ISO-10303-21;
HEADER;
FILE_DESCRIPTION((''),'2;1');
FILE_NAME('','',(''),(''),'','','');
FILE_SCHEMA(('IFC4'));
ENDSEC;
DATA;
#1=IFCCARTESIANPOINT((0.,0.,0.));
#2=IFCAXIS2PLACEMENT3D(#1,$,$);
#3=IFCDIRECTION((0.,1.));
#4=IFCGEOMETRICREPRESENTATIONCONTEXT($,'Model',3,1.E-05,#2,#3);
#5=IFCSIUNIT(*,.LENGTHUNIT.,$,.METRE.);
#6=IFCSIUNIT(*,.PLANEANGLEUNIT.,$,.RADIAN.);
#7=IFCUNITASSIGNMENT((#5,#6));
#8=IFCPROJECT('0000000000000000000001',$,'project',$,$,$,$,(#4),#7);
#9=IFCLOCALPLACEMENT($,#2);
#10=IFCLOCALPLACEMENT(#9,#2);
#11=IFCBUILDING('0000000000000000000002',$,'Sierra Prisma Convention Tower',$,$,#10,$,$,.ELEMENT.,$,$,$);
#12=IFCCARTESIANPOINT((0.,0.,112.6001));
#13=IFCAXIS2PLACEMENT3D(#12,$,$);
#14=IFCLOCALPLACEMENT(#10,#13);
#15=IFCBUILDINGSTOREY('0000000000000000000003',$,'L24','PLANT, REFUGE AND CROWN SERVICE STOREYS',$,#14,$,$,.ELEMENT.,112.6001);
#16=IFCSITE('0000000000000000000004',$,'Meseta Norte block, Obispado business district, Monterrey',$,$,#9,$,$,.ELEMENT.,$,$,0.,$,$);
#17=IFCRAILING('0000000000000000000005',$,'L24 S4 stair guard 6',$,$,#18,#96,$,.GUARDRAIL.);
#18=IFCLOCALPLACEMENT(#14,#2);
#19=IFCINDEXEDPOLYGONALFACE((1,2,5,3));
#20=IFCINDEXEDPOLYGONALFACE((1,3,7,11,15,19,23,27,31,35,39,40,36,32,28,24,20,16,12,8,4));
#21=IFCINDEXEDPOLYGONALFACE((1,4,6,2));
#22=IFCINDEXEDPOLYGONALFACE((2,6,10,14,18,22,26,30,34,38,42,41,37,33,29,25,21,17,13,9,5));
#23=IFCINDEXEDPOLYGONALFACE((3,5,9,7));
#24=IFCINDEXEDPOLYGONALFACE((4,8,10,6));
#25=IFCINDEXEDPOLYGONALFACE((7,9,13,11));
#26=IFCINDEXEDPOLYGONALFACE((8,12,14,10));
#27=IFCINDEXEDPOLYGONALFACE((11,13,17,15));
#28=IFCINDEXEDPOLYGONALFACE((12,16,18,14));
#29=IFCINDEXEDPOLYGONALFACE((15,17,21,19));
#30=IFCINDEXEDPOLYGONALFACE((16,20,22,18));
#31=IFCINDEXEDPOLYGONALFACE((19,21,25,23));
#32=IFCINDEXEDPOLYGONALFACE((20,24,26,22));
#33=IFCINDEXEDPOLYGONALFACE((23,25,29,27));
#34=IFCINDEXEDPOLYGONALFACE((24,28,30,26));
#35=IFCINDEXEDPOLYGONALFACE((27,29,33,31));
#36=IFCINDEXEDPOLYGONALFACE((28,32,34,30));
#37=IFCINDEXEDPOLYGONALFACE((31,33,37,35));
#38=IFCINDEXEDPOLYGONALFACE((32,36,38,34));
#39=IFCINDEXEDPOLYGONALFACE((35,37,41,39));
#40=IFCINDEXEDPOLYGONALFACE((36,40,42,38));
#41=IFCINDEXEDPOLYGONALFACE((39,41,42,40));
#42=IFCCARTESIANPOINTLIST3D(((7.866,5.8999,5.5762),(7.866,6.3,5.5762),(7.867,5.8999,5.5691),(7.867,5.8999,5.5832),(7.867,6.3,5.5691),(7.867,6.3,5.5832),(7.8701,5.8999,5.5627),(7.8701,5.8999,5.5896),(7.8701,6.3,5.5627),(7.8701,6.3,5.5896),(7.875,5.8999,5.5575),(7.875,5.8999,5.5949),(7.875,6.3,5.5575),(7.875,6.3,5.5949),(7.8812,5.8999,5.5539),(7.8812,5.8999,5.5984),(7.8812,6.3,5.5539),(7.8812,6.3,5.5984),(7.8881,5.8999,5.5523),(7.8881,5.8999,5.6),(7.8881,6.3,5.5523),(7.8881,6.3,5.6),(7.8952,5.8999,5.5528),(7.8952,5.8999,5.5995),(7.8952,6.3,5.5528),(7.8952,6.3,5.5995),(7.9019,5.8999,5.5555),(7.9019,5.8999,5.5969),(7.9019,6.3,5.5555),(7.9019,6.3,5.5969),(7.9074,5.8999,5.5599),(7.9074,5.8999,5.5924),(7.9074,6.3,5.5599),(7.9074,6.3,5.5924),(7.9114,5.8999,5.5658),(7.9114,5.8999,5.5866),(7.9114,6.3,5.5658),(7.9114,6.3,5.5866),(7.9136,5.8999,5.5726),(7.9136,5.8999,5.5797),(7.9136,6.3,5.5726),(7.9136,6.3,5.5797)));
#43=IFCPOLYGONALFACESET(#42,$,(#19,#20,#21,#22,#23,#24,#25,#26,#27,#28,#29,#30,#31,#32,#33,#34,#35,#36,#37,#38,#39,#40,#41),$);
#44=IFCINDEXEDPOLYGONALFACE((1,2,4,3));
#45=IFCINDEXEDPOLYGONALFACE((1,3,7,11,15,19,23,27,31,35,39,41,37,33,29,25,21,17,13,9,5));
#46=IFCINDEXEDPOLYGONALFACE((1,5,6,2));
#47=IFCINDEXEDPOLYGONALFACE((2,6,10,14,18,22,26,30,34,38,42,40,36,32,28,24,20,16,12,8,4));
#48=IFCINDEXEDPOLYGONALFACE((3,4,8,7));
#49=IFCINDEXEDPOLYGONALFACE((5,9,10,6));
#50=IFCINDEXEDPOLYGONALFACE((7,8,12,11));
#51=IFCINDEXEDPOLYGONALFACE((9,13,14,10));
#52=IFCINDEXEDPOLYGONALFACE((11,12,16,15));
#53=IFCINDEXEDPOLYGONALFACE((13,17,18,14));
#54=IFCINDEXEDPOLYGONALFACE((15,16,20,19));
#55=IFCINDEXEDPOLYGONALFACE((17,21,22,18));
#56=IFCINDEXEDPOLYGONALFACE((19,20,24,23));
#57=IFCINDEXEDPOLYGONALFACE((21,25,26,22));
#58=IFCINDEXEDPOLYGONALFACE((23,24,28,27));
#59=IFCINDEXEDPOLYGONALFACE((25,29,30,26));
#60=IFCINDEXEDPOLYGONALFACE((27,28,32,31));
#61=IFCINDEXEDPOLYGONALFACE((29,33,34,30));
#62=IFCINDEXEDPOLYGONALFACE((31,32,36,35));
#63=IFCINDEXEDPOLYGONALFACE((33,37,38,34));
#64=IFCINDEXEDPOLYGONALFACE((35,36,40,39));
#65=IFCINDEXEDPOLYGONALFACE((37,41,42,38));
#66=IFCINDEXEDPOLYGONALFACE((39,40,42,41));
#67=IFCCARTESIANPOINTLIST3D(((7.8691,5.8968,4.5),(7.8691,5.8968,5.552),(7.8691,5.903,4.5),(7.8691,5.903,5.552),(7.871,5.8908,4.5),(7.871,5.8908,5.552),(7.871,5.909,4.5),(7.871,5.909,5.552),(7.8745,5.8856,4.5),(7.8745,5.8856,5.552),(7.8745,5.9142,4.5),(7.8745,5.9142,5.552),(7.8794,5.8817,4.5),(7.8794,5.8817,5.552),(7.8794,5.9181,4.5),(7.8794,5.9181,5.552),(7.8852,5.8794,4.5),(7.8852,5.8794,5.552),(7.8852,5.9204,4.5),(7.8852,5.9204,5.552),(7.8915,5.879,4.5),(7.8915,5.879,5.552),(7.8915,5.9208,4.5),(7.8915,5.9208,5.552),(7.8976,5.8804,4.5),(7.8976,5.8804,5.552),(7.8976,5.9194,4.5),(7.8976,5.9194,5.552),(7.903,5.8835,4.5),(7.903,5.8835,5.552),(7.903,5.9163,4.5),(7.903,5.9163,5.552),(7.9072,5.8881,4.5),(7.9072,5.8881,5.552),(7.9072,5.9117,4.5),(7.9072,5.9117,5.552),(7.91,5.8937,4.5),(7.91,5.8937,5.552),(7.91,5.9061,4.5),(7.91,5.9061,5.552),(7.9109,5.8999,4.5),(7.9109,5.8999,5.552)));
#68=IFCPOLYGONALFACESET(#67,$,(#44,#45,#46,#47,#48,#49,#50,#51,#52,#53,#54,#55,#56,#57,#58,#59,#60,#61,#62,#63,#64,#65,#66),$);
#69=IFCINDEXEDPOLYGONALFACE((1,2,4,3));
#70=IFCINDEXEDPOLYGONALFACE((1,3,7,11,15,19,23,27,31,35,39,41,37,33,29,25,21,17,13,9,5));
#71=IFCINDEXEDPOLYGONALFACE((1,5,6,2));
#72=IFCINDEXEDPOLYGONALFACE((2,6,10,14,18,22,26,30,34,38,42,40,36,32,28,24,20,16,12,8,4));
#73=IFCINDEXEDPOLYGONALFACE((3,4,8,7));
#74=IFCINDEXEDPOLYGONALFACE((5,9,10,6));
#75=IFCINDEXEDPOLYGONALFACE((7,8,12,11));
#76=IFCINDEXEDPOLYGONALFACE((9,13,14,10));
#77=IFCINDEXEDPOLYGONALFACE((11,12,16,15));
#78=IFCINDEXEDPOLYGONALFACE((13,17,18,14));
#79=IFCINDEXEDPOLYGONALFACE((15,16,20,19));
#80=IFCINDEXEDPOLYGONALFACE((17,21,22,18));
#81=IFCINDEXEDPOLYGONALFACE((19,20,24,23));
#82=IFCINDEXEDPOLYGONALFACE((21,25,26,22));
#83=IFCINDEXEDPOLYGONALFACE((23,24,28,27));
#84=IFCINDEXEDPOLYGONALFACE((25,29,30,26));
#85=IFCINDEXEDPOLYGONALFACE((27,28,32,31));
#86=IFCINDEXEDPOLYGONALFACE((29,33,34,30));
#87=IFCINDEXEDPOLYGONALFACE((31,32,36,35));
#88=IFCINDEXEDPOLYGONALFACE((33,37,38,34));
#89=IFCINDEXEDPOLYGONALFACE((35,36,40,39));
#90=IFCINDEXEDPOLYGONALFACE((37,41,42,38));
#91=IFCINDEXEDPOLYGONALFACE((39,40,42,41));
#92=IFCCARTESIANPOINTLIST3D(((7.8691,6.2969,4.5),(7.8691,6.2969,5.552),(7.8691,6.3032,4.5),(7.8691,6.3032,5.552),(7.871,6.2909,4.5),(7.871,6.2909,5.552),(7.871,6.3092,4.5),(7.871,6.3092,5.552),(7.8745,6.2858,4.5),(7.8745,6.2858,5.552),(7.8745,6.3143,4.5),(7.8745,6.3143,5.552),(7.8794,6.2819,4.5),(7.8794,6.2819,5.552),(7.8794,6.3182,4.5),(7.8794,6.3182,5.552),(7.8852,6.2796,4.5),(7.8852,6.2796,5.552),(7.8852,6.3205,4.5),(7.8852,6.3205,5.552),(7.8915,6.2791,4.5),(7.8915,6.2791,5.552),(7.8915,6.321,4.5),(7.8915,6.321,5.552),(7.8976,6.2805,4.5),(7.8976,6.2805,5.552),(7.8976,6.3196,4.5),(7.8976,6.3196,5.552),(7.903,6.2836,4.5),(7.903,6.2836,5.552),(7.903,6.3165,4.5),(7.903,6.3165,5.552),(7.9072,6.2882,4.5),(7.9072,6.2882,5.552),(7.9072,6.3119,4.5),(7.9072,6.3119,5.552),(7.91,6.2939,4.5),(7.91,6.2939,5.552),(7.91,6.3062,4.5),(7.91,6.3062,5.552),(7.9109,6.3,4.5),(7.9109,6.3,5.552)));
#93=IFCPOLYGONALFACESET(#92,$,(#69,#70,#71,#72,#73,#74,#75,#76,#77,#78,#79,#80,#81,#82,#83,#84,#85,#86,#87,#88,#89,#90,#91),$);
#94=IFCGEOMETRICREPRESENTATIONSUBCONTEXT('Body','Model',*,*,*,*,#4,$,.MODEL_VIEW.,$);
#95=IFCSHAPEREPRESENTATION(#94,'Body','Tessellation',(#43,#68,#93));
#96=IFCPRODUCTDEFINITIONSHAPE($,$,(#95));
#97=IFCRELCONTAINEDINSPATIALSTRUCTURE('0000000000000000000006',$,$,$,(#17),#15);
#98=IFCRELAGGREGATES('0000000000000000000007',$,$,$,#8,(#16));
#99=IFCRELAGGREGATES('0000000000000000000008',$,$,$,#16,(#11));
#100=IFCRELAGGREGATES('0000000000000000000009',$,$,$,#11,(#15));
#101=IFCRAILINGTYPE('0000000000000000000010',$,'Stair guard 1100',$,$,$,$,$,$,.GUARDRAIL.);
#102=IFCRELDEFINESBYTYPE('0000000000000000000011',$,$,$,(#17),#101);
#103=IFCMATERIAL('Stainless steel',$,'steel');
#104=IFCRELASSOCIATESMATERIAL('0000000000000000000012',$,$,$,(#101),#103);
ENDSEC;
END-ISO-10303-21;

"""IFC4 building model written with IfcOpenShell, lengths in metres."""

from ifc_helpers import new_model, si_unit, direction, frame, origin, origin_2d, place, context, subcontext, project, spatial, circle, extrude, material, type_object, element, save


model = new_model("IFC4")

# Units and contexts
model_context = context("Model", 3, precision=1e-05, world=origin(), true_north=direction((0.0, 1.0)))
body_context = subcontext(model_context, "Body", "Model", "MODEL_VIEW")
ifc_project = project(units=[si_unit("LENGTHUNIT", "METRE"), si_unit("PLANEANGLEUNIT", "RADIAN")], contexts=[model_context])

# Site, building, storey
site_placement = place(None, origin())
site = spatial("IfcSite", under=ifc_project, at=site_placement, Name="Meseta Norte block, Obispado business district, Monterrey", CompositionType="ELEMENT", RefElevation=0.0)
building_placement = place(site_placement, origin())
building = spatial("IfcBuilding", under=site, at=building_placement, Name="Sierra Prisma Convention Tower", CompositionType="ELEMENT")
storey_placement = place(building_placement, frame((0.0, 0.0, 112.6001)))
storey = spatial("IfcBuildingStorey", under=building, at=storey_placement, Name="L24", Description="PLANT, REFUGE AND CROWN SERVICE STOREYS", CompositionType="ELEMENT", Elevation=112.6001)

# Railing
ifc_material_1 = material(Name="Stainless steel", Category="steel")
railing_type_1 = type_object("IfcRailingType", Name="Stair guard 1100", PredefinedType="GUARDRAIL", material=ifc_material_1)
railing_1_placement = place(storey_placement, frame((7.8899, 5.8999, 4.5)))
element("IfcRailing", 1, at=railing_1_placement, inside=storey, type_object=railing_type_1, Name="L24 S4 stair guard 6", PredefinedType="GUARDRAIL", context=body_context, shape_type="SweptSolid", body=[
    extrude(circle(Radius=0.0239, at=origin_2d()), frame((0.0, 0.0, 1.0762), z_axis=(0.0, 1.0, 0.0), x_axis=(-1.0, 0.0, 0.0)), (0.0, 0.0, 1.0), 0.4001),
    extrude(circle(Radius=0.021, at=origin_2d()), origin(), (0.0, 0.0, 1.0), 1.052),
    extrude(circle(Radius=0.021, at=origin_2d()), frame((0.0, 0.4001, 0.0)), (0.0, 0.0, 1.0), 1.052),
])

save(model, "model.ifc")
